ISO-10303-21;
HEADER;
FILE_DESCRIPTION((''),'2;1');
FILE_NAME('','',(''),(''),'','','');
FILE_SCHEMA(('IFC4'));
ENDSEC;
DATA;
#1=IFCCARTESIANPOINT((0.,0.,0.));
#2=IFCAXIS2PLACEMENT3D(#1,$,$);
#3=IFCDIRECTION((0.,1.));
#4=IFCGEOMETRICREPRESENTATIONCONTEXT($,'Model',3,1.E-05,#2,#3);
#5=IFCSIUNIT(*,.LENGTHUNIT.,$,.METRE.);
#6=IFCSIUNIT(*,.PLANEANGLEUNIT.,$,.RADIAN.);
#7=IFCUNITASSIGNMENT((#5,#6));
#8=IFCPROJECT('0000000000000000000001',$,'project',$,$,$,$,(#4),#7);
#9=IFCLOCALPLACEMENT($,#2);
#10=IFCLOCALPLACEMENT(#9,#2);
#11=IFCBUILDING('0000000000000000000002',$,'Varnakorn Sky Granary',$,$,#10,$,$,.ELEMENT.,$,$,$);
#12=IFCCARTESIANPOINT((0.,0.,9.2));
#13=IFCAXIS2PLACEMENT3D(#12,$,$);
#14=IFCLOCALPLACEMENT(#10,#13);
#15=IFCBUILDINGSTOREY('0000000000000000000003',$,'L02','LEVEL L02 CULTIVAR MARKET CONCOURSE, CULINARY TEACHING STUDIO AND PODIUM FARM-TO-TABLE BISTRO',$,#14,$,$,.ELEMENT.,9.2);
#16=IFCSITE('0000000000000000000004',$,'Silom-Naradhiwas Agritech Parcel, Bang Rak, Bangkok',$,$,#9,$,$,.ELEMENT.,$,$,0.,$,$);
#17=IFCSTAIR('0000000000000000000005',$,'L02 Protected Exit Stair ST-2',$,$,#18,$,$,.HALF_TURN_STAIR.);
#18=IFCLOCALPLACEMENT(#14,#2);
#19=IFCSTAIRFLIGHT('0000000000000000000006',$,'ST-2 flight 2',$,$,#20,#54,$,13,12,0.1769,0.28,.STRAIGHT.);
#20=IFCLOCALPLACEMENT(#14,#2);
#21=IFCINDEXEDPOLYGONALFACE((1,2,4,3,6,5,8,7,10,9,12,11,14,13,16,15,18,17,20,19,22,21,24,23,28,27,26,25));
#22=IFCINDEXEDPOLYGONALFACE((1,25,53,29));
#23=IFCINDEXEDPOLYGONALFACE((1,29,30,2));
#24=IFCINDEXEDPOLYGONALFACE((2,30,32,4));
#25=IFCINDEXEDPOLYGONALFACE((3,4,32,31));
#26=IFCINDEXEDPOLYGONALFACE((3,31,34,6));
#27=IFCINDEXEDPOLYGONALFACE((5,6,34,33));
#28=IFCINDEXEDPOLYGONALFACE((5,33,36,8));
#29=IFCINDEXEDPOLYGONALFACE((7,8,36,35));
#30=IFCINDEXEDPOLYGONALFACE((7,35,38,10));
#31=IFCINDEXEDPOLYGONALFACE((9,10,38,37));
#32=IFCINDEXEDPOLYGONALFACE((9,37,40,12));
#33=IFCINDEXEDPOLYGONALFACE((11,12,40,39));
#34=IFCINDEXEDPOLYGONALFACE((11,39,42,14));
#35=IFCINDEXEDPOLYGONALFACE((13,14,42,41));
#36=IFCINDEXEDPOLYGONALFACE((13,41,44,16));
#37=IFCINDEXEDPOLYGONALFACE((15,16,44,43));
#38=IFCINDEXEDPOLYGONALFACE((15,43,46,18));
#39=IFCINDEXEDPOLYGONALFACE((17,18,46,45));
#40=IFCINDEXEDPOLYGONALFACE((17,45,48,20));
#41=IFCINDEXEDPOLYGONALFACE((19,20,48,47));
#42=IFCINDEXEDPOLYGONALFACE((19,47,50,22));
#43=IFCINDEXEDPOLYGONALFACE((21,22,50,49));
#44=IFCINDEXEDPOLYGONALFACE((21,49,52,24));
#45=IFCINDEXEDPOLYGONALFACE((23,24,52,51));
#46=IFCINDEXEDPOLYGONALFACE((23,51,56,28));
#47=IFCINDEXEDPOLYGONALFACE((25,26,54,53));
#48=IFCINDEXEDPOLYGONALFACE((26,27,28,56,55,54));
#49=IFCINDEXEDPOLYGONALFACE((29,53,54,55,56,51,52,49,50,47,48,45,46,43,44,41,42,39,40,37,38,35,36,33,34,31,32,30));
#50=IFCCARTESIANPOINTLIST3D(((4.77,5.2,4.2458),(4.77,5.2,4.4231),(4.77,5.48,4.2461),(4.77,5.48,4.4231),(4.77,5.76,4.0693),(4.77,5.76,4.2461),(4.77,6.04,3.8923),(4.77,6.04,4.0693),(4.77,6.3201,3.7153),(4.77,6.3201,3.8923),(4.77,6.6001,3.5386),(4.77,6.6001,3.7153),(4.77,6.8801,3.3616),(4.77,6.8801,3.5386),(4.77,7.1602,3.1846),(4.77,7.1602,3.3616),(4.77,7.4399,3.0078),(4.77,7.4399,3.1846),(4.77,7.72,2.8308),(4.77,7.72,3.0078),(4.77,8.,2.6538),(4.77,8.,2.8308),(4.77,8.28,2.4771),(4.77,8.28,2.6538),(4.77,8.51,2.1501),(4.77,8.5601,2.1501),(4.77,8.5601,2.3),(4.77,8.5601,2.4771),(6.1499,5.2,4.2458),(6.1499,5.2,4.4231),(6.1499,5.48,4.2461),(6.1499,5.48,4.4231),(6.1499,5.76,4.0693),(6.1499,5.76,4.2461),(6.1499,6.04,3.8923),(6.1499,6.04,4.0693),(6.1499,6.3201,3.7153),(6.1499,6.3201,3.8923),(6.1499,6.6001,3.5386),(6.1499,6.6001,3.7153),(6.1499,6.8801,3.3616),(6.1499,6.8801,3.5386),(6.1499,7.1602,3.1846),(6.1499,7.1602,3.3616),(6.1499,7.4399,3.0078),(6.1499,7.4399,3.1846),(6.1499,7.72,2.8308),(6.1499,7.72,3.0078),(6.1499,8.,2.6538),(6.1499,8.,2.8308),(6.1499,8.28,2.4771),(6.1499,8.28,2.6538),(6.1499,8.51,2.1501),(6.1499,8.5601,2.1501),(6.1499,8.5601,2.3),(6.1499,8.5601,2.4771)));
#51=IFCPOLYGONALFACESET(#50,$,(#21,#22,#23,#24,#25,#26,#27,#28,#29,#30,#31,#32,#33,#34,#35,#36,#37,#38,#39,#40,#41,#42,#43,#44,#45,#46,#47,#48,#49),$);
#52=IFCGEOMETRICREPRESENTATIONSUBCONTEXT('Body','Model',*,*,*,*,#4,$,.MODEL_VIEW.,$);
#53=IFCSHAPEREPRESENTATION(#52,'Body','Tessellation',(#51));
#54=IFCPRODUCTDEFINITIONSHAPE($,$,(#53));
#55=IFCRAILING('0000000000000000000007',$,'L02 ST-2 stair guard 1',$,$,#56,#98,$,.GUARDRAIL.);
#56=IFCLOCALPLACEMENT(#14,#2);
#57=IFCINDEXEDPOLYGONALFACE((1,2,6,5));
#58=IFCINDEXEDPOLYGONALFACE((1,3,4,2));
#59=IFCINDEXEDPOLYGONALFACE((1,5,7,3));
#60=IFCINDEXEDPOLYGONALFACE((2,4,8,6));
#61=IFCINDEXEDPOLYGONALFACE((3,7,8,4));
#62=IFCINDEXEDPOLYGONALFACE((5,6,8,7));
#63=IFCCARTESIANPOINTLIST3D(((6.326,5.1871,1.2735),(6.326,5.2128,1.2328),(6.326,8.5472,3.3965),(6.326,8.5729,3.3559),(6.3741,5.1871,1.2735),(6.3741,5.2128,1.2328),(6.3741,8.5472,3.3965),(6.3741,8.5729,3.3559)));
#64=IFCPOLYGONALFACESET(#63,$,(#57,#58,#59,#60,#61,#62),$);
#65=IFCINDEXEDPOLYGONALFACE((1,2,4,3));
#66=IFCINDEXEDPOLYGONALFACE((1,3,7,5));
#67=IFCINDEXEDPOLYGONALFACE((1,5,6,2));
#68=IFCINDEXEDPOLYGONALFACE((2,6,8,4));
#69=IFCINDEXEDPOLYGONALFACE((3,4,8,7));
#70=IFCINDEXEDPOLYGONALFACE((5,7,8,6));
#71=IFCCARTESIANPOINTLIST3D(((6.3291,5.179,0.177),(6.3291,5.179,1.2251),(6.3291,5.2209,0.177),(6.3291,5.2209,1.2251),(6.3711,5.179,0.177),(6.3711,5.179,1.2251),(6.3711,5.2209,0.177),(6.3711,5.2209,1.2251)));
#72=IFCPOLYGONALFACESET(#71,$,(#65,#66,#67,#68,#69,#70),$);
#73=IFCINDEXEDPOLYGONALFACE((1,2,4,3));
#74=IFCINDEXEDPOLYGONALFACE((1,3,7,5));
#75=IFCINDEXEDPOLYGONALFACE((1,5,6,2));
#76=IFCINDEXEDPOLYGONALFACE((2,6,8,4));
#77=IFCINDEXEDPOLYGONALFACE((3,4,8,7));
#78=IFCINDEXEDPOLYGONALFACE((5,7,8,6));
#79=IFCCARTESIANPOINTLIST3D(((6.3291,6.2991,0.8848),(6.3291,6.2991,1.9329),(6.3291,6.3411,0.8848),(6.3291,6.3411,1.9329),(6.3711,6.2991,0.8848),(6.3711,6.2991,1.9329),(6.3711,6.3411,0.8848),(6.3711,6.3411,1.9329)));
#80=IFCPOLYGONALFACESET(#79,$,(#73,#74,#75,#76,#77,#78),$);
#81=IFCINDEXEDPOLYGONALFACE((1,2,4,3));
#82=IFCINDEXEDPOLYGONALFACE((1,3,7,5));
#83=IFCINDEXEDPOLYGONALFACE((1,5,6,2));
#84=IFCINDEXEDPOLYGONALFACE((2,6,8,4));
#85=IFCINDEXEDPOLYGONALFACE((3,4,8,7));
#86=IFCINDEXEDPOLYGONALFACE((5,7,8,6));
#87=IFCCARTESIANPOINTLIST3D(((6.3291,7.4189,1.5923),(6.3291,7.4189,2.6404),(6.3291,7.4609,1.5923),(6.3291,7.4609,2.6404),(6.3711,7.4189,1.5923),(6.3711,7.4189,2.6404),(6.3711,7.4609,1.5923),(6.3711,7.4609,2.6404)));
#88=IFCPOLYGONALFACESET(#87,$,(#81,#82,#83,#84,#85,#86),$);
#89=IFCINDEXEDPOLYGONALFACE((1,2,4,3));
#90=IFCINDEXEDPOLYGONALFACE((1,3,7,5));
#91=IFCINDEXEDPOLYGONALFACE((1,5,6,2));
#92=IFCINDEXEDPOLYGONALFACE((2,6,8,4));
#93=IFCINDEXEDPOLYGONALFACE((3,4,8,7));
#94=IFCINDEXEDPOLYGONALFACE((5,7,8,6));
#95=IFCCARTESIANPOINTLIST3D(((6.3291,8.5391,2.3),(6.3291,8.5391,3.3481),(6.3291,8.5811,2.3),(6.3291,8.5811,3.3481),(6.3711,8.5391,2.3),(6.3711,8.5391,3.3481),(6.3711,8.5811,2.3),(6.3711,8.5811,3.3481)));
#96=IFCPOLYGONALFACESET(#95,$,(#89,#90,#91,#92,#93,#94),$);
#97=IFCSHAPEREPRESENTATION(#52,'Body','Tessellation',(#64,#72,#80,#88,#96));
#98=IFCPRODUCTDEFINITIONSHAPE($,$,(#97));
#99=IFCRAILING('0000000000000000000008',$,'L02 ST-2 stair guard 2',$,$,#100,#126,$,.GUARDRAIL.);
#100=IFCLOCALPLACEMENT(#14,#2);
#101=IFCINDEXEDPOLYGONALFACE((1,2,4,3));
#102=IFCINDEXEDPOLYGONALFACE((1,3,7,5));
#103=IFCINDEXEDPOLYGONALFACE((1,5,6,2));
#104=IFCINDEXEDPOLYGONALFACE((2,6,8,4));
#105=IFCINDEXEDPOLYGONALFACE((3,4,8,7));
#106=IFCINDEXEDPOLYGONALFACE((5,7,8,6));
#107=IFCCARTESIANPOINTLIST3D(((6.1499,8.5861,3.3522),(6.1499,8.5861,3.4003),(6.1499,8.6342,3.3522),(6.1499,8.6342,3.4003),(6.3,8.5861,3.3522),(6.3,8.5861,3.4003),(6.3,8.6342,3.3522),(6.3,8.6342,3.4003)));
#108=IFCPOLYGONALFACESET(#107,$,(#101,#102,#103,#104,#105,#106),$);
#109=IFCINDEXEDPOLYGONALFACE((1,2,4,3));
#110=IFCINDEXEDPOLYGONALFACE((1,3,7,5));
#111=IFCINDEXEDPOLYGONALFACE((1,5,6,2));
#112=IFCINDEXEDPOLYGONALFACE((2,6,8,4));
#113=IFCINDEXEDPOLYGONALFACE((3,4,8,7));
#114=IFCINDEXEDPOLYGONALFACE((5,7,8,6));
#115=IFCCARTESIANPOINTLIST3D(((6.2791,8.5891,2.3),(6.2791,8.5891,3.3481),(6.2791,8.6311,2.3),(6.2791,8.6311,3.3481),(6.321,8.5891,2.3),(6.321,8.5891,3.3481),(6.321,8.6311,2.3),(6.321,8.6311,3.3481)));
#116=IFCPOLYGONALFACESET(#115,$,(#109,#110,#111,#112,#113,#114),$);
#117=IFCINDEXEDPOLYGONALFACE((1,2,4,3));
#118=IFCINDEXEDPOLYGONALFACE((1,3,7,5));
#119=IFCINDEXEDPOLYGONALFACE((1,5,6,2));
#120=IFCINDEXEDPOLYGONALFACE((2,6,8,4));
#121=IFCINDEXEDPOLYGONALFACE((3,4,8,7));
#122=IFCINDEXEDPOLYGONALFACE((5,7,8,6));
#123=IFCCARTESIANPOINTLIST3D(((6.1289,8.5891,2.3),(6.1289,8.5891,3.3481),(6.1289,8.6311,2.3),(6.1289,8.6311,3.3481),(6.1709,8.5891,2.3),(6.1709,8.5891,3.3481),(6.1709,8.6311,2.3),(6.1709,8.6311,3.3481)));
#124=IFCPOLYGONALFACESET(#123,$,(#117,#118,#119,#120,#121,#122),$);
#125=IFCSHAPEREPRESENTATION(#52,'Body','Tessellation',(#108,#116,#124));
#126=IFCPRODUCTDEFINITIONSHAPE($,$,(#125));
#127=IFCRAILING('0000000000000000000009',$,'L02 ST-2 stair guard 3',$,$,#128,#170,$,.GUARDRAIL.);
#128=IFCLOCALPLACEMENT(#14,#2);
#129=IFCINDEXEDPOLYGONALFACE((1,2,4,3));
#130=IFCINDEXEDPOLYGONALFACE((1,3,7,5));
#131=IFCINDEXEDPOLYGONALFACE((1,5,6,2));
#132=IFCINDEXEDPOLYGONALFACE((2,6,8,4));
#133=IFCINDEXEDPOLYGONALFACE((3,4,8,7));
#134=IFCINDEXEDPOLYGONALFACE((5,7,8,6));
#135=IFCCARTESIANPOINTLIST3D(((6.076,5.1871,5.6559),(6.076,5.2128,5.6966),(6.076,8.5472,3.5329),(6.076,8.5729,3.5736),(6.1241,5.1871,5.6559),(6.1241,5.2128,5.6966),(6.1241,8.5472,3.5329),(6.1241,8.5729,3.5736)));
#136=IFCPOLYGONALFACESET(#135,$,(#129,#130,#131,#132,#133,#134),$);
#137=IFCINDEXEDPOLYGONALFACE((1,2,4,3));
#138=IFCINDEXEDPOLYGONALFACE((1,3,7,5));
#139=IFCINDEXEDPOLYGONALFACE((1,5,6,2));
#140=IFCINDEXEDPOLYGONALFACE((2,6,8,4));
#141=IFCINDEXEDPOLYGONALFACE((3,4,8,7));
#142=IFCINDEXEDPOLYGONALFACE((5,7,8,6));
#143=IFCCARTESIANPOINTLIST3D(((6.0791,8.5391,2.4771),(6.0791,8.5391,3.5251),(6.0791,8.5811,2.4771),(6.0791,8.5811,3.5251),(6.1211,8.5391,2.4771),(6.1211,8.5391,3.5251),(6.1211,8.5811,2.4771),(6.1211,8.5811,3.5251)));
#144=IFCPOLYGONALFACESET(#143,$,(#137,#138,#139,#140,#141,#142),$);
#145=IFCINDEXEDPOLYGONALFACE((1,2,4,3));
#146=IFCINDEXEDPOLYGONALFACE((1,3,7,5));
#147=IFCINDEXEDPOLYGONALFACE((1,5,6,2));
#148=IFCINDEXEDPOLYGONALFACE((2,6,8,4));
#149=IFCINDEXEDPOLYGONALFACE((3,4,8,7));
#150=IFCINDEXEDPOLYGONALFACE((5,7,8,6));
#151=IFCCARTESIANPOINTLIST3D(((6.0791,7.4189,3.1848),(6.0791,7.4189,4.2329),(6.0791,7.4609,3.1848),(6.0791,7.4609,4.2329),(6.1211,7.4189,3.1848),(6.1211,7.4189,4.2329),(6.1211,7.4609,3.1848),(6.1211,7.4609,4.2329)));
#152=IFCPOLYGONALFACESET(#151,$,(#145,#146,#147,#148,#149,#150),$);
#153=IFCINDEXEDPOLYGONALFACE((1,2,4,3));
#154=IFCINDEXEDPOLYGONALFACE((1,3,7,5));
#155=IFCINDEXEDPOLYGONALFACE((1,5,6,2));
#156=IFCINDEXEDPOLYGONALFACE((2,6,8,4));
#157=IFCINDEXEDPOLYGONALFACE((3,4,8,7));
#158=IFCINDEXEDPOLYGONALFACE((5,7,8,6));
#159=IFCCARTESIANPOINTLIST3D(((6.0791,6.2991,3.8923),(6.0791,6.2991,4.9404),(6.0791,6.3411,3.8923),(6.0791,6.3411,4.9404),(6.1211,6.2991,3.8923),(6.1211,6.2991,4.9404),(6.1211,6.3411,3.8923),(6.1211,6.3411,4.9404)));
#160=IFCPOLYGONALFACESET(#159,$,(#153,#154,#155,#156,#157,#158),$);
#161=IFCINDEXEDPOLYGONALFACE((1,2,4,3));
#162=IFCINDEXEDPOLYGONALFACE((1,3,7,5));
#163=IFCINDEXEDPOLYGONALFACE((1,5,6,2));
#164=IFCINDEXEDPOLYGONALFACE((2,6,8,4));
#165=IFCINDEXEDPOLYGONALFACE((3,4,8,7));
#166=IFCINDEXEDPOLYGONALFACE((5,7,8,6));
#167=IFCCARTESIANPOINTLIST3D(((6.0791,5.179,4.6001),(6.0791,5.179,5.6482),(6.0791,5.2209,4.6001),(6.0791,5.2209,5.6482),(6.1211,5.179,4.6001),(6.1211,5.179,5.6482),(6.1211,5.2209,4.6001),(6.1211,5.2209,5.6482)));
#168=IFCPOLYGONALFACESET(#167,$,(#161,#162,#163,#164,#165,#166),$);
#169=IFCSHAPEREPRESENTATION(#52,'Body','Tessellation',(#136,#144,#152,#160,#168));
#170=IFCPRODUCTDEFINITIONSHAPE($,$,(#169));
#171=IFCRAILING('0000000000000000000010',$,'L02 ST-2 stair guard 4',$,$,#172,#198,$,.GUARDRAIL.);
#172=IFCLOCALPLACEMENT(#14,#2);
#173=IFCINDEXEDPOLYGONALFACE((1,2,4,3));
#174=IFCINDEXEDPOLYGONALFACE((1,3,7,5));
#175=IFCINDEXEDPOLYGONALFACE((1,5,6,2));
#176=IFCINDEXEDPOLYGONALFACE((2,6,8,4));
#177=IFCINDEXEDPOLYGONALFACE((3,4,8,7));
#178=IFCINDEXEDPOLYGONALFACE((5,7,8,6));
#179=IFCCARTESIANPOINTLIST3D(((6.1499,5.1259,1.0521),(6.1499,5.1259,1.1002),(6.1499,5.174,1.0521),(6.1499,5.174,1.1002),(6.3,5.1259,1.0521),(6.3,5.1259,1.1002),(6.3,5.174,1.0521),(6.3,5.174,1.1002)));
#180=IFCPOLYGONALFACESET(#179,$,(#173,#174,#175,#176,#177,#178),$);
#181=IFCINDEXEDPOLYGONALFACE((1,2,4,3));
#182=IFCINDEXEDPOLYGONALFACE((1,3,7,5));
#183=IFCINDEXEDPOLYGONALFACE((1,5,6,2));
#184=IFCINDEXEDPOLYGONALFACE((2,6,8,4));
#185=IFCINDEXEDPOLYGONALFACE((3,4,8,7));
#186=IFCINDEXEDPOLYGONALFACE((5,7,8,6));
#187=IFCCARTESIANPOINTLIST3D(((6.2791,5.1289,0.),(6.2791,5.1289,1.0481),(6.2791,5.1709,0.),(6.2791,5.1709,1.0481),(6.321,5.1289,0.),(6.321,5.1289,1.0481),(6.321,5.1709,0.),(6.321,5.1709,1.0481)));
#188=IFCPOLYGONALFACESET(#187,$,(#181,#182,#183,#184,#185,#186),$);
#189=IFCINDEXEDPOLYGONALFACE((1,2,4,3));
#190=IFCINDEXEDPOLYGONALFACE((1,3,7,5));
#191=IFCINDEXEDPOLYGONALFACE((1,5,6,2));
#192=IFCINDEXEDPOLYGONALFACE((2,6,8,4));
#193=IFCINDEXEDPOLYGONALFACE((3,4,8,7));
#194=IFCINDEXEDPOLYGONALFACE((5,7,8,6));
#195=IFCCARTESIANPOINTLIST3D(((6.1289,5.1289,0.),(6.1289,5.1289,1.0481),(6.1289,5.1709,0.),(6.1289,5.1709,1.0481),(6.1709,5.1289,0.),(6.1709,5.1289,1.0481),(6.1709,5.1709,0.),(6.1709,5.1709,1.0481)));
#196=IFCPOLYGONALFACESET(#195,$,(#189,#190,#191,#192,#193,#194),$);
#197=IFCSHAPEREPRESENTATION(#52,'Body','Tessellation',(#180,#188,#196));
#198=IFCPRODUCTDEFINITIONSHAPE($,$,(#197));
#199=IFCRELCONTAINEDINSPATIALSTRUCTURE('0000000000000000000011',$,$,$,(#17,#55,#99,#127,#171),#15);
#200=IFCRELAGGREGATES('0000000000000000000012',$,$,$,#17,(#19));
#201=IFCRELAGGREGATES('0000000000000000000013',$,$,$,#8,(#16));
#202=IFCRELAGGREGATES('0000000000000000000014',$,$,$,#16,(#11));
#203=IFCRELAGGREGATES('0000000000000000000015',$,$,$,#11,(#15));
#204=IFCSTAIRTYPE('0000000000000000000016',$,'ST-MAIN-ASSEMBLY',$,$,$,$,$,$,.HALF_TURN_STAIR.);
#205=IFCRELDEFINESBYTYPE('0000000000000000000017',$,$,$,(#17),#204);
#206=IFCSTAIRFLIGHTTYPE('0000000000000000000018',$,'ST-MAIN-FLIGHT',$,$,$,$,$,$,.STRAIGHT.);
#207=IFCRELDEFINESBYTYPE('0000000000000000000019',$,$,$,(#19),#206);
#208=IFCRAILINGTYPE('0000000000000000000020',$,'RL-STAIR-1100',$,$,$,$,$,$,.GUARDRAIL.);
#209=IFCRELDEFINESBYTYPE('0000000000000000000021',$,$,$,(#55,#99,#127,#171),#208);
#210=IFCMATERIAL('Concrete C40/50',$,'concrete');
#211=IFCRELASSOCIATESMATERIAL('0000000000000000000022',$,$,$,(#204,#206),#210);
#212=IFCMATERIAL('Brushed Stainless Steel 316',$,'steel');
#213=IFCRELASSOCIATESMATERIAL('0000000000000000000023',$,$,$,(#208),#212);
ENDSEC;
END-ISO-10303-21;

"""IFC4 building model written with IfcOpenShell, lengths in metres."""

from ifc_helpers import new_model, si_unit, direction, frame, origin, origin_2d, place, context, subcontext, project, spatial, polyline, rectangle, outline, extrude, material, type_object, element, aggregate, save


model = new_model("IFC4")

# Units and contexts
model_context = context("Model", 3, precision=1e-05, world=origin(), true_north=direction((0.0, 1.0)))
body_context = subcontext(model_context, "Body", "Model", "MODEL_VIEW")
ifc_project = project(units=[si_unit("LENGTHUNIT", "METRE"), si_unit("PLANEANGLEUNIT", "RADIAN")], contexts=[model_context])

# Site, building, storey
site_placement = place(None, origin())
site = spatial("IfcSite", under=ifc_project, at=site_placement, Name="Silom-Naradhiwas Agritech Parcel, Bang Rak, Bangkok", CompositionType="ELEMENT", RefElevation=0.0)
building_placement = place(site_placement, origin())
building = spatial("IfcBuilding", under=site, at=building_placement, Name="Varnakorn Sky Granary", CompositionType="ELEMENT")
storey_placement = place(building_placement, frame((0.0, 0.0, 9.2)))
storey = spatial("IfcBuildingStorey", under=building, at=storey_placement, Name="L02", Description="LEVEL L02 CULTIVAR MARKET CONCOURSE, CULINARY TEACHING STUDIO AND PODIUM FARM-TO-TABLE BISTRO", CompositionType="ELEMENT", Elevation=9.2)

# Shared definitions
ifc_material_1 = material(Name="Concrete C40/50", Category="concrete")
stair_type = type_object("IfcStairType", Name="ST-MAIN-ASSEMBLY", PredefinedType="HALF_TURN_STAIR", material=ifc_material_1)
stair_flight_type = type_object("IfcStairFlightType", Name="ST-MAIN-FLIGHT", PredefinedType="STRAIGHT", material=ifc_material_1)

# Stair, stair flight
stair_1_placement = place(storey_placement, origin())
stair_1 = element("IfcStair", 1, at=stair_1_placement, inside=storey, type_object=stair_type, Name="L02 Protected Exit Stair ST-2", PredefinedType="HALF_TURN_STAIR")
stair_flight_1_placement = place(storey_placement, frame((5.46, 8.5601, 2.3), z_axis=(0.0, 0.0, 1.0), x_axis=(0.0, -1.0, 0.0)))
stair_flight_1 = element("IfcStairFlight", 2, at=stair_flight_1_placement, type_object=stair_flight_type, Name="ST-2 flight 2", NumberOfRisers=13, NumberOfTreads=12, PredefinedType="STRAIGHT", RiserHeight=0.1769, TreadLength=0.28, context=body_context, shape_type="SweptSolid", body=[
    extrude(outline(polyline([(0.0, -0.1499), (0.0, 0.0), (0.0, 0.177), (0.28, 0.177), (0.28, 0.3538), (0.5601, 0.3538), (0.5601, 0.5308), (0.8401, 0.5308), (0.8401, 0.7078), (1.1201, 0.7078), (1.1201, 0.8845), (1.3999, 0.8845), (1.3999, 1.0615), (1.6799, 1.0615), (1.6799, 1.2385), (1.96, 1.2385), (1.96, 1.4153), (2.24, 1.4153), (2.24, 1.5923), (2.52, 1.5923), (2.52, 1.7693), (2.8, 1.7693), (2.8, 1.946), (3.0801, 1.946), (3.0801, 2.123), (3.3601, 2.123), (3.3601, 2.3), (3.3601, 1.9458), (0.05, -0.1499), (0.0, -0.1499)])), frame((0.0, 0.6899, 0.0), z_axis=(0.0, -1.0, 0.0), x_axis=(1.0, 0.0, 0.0)), (0.0, 0.0, 1.0), 1.3799),
])
aggregate(stair_1, [stair_flight_1])

# Railings
ifc_material_2 = material(Name="Brushed Stainless Steel 316", Category="steel")
railing_type_1 = type_object("IfcRailingType", Name="RL-STAIR-1100", PredefinedType="GUARDRAIL", material=ifc_material_2)
railing_1_placement = place(storey_placement, frame((6.3501, 5.2, 0.177)))
element("IfcRailing", 3, at=railing_1_placement, inside=storey, type_object=railing_type_1, Name="L02 ST-2 stair guard 1", PredefinedType="GUARDRAIL", context=body_context, shape_type="SweptSolid", body=[
    extrude(rectangle(XDim=0.0481, YDim=0.0481, at=origin_2d()), frame((0.0, 0.0, 1.0762), z_axis=(0.0, 0.84539, 0.53415), x_axis=(-1.0, 0.0, 0.0)), (0.0, 0.0, 1.0), 3.9746),
    extrude(rectangle(XDim=0.042, YDim=0.042, at=origin_2d()), origin(), (0.0, 0.0, 1.0), 1.0481),
    extrude(rectangle(XDim=0.042, YDim=0.042, at=origin_2d()), frame((0.0, 1.1201, 0.7078)), (0.0, 0.0, 1.0), 1.0481),
    extrude(rectangle(XDim=0.042, YDim=0.042, at=origin_2d()), frame((0.0, 2.24, 1.4153)), (0.0, 0.0, 1.0), 1.0481),
    extrude(rectangle(XDim=0.042, YDim=0.042, at=origin_2d()), frame((0.0, 3.3601, 2.123)), (0.0, 0.0, 1.0), 1.0481),
])
railing_2_placement = place(storey_placement, frame((6.3, 8.6101, 2.3)))
element("IfcRailing", 4, at=railing_2_placement, inside=storey, type_object=railing_type_1, Name="L02 ST-2 stair guard 2", PredefinedType="GUARDRAIL", context=body_context, shape_type="SweptSolid", body=[
    extrude(rectangle(XDim=0.0481, YDim=0.0481, at=origin_2d()), frame((0.0, 0.0, 1.0762), z_axis=(-1.0, 0.0, 0.0), x_axis=(0.0, -1.0, 0.0)), (0.0, 0.0, 1.0), 0.1501),
    extrude(rectangle(XDim=0.042, YDim=0.042, at=origin_2d()), origin(), (0.0, 0.0, 1.0), 1.0481),
    extrude(rectangle(XDim=0.042, YDim=0.042, at=origin_2d()), frame((-0.1501, 0.0, 0.0)), (0.0, 0.0, 1.0), 1.0481),
])
railing_3_placement = place(storey_placement, frame((6.1001, 8.5601, 2.4771)))
element("IfcRailing", 5, at=railing_3_placement, inside=storey, type_object=railing_type_1, Name="L02 ST-2 stair guard 3", PredefinedType="GUARDRAIL", context=body_context, shape_type="SweptSolid", body=[
    extrude(rectangle(XDim=0.0481, YDim=0.0481, at=origin_2d()), frame((0.0, 0.0, 1.0762), z_axis=(0.0, -0.84539, 0.53415), x_axis=(1.0, 0.0, 0.0)), (0.0, 0.0, 1.0), 3.9746),
    extrude(rectangle(XDim=0.042, YDim=0.042, at=origin_2d()), origin(), (0.0, 0.0, 1.0), 1.0481),
    extrude(rectangle(XDim=0.042, YDim=0.042, at=origin_2d()), frame((0.0, -1.1201, 0.7078)), (0.0, 0.0, 1.0), 1.0481),
    extrude(rectangle(XDim=0.042, YDim=0.042, at=origin_2d()), frame((0.0, -2.24, 1.4153)), (0.0, 0.0, 1.0), 1.0481),
    extrude(rectangle(XDim=0.042, YDim=0.042, at=origin_2d()), frame((0.0, -3.3601, 2.123)), (0.0, 0.0, 1.0), 1.0481),
])
railing_4_placement = place(storey_placement, frame((6.3, 5.1499, 0.0)))
element("IfcRailing", 6, at=railing_4_placement, inside=storey, type_object=railing_type_1, Name="L02 ST-2 stair guard 4", PredefinedType="GUARDRAIL", context=body_context, shape_type="SweptSolid", body=[
    extrude(rectangle(XDim=0.0481, YDim=0.0481, at=origin_2d()), frame((0.0, 0.0, 1.0762), z_axis=(-1.0, 0.0, 0.0), x_axis=(0.0, -1.0, 0.0)), (0.0, 0.0, 1.0), 0.1501),
    extrude(rectangle(XDim=0.042, YDim=0.042, at=origin_2d()), origin(), (0.0, 0.0, 1.0), 1.0481),
    extrude(rectangle(XDim=0.042, YDim=0.042, at=origin_2d()), frame((-0.1501, 0.0, 0.0)), (0.0, 0.0, 1.0), 1.0481),
])

save(model, "model.ifc")
